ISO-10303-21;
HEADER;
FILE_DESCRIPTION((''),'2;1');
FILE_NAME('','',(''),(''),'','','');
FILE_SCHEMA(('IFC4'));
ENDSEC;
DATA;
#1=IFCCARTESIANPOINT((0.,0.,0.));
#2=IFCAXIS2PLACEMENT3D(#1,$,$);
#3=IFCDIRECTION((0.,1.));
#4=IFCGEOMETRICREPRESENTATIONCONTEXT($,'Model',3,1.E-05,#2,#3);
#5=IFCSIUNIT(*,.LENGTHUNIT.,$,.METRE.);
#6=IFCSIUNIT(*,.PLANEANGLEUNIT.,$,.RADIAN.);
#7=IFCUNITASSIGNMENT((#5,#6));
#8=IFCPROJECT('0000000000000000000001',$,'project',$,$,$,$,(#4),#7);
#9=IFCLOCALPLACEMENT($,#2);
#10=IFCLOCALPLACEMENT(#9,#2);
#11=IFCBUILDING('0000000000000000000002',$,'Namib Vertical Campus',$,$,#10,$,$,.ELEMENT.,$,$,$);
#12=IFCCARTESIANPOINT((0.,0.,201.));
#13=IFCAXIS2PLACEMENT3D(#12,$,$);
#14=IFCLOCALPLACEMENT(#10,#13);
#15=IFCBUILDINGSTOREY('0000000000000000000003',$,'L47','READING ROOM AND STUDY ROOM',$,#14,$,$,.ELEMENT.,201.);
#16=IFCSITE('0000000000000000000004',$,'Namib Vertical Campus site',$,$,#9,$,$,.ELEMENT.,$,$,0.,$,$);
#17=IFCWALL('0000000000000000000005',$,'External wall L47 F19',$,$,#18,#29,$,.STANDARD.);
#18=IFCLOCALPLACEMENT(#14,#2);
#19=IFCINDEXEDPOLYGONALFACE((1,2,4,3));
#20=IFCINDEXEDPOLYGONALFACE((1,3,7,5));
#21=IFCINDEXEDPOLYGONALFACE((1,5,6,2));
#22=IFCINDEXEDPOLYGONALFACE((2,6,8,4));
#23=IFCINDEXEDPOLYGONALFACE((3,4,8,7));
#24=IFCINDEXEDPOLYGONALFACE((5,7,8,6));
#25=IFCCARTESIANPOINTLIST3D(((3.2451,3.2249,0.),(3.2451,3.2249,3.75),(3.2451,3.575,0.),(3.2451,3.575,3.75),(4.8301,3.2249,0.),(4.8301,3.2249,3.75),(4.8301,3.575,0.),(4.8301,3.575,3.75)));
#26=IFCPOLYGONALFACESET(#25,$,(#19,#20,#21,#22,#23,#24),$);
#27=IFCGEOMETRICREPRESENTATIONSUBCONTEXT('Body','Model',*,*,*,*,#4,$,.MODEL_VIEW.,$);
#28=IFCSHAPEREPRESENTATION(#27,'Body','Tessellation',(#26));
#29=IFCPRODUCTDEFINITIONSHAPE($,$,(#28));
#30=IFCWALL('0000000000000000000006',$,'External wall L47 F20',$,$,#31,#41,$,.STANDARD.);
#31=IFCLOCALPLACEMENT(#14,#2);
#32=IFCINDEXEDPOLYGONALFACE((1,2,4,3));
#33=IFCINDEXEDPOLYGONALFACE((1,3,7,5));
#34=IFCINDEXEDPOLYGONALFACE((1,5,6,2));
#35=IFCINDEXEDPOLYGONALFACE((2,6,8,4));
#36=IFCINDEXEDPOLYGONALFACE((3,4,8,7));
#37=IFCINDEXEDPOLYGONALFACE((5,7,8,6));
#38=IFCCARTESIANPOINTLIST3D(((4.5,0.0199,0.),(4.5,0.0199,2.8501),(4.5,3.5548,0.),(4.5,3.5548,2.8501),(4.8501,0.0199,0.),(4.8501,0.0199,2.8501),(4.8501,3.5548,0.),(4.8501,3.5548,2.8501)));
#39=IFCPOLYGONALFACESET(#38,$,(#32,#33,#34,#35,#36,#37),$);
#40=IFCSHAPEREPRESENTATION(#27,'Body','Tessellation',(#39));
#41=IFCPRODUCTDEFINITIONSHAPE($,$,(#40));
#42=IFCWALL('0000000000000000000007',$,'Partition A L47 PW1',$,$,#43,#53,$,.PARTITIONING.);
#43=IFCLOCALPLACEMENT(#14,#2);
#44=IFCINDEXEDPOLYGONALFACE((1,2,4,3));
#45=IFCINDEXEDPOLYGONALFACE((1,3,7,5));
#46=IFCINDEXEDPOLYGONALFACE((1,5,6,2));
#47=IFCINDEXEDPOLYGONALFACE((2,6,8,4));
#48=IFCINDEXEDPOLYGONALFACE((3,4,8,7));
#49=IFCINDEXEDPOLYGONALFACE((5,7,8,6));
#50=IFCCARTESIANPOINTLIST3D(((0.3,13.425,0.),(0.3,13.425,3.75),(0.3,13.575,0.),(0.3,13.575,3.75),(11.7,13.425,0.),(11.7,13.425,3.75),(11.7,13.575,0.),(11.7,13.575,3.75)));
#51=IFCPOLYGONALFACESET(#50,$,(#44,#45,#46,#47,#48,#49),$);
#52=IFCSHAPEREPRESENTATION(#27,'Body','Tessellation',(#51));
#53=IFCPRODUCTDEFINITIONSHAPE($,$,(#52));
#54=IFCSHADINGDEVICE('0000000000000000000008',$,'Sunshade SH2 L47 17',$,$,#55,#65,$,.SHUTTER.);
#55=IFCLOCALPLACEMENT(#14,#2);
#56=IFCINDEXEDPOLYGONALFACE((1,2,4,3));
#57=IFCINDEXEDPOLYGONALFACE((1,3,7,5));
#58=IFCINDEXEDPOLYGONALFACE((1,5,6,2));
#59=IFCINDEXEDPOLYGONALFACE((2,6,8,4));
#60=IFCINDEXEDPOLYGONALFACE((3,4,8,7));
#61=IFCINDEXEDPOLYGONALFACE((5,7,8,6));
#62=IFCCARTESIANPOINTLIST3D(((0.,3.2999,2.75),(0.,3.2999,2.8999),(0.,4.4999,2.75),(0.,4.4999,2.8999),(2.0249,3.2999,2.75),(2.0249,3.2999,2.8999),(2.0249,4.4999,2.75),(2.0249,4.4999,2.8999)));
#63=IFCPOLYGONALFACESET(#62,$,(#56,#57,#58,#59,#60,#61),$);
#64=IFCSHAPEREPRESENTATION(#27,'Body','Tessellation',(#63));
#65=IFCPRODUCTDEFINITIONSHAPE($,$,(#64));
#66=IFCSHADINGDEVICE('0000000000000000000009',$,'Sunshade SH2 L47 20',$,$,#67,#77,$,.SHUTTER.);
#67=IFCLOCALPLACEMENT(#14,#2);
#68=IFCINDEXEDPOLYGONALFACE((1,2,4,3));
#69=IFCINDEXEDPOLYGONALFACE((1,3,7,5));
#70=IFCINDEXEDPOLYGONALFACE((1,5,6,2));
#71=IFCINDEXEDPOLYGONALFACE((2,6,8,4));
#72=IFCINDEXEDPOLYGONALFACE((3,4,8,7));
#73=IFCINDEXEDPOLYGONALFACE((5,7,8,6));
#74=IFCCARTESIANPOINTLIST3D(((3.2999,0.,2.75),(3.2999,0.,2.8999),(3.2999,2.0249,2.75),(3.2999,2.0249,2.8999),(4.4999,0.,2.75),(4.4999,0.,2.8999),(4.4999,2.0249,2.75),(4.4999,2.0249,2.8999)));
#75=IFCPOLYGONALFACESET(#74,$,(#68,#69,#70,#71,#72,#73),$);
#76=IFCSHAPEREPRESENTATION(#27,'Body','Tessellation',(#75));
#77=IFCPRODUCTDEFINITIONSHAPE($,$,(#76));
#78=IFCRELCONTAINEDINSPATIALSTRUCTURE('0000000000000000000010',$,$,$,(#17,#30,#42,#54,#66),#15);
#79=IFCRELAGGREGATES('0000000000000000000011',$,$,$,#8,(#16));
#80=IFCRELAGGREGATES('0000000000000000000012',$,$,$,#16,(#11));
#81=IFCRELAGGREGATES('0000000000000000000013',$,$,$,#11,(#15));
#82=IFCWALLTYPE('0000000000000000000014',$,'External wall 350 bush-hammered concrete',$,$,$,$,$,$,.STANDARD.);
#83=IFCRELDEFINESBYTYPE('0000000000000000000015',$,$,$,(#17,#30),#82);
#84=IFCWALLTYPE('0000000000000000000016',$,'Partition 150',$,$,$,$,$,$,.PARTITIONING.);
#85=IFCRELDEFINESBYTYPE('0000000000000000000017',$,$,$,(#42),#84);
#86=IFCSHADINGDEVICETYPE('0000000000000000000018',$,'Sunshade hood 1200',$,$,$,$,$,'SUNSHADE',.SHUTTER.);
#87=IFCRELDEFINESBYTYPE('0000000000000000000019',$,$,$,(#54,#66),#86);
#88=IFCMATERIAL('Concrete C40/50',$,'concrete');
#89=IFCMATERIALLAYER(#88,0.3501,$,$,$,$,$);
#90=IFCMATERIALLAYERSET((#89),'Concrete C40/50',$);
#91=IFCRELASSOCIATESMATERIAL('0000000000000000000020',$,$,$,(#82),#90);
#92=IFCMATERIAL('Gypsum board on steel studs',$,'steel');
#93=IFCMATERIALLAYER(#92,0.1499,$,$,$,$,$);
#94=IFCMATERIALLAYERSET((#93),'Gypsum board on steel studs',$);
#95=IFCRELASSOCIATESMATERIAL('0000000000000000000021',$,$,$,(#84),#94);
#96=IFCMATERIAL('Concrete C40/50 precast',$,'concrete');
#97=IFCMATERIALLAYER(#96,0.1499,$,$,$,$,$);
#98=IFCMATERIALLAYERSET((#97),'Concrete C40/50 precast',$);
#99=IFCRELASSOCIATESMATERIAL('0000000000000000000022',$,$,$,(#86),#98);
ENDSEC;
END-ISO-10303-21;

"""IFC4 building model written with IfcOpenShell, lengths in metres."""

from ifc_helpers import new_model, si_unit, direction, frame, frame_2d, origin, origin_2d, place, context, subcontext, project, spatial, rectangle, extrude, material, layer, layer_set, type_object, element, save


model = new_model("IFC4")

# Units and contexts
model_context = context("Model", 3, precision=1e-05, world=origin(), true_north=direction((0.0, 1.0)))
body_context = subcontext(model_context, "Body", "Model", "MODEL_VIEW")
ifc_project = project(units=[si_unit("LENGTHUNIT", "METRE"), si_unit("PLANEANGLEUNIT", "RADIAN")], contexts=[model_context])

# Site, building, storey
site_placement = place(None, origin())
site = spatial("IfcSite", under=ifc_project, at=site_placement, Name="Namib Vertical Campus site", CompositionType="ELEMENT", RefElevation=0.0)
building_placement = place(site_placement, origin())
building = spatial("IfcBuilding", under=site, at=building_placement, Name="Namib Vertical Campus", CompositionType="ELEMENT")
storey_placement = place(building_placement, frame((0.0, 0.0, 201.0)))
storey = spatial("IfcBuildingStorey", under=building, at=storey_placement, Name="L47", Description="READING ROOM AND STUDY ROOM", CompositionType="ELEMENT", Elevation=201.0)

# Walls
ifc_material_1 = material(Name="Concrete C40/50", Category="concrete")
ifc_layer_1 = layer(ifc_material_1, 0.3501)
ifc_layer_set_1 = layer_set([ifc_layer_1], Name="Concrete C40/50")
wall_type_1 = type_object("IfcWallType", Name="External wall 350 bush-hammered concrete", PredefinedType="STANDARD", material=ifc_layer_set_1)
for number, where, z_axis, x_axis, name in (
    (1, (3.2451, 3.3999, 0.0), (0.0, 0.0, 1.0), (1.0, 0.0, 0.0), "External wall L47 F19"),
):
    element("IfcWall", number, at=place(storey_placement, frame(where, z_axis=z_axis, x_axis=x_axis)), inside=storey, type_object=wall_type_1, Name=name, PredefinedType="STANDARD", context=body_context, shape_type="SweptSolid", body=[
        extrude(rectangle(XDim=1.585, YDim=0.3501, at=frame_2d((0.7925, 0.0))), origin(), (0.0, 0.0, 1.0), 3.75),
    ])
wall_1_placement = place(storey_placement, frame((4.675, 3.5549, 0.0), z_axis=(0.0, 0.0, 1.0), x_axis=(0.0, -1.0, 0.0)))
element("IfcWall", 2, at=wall_1_placement, inside=storey, type_object=wall_type_1, Name="External wall L47 F20", PredefinedType="STANDARD", context=body_context, shape_type="SweptSolid", body=[
    extrude(rectangle(XDim=3.5349, YDim=0.3501, at=frame_2d((1.7676, 0.0))), origin(), (0.0, 0.0, 1.0), 2.8501),
])
ifc_material_2 = material(Name="Gypsum board on steel studs", Category="steel")
ifc_layer_2 = layer(ifc_material_2, 0.1499)
ifc_layer_set_2 = layer_set([ifc_layer_2], Name="Gypsum board on steel studs")
wall_type_2 = type_object("IfcWallType", Name="Partition 150", PredefinedType="PARTITIONING", material=ifc_layer_set_2)
wall_2_placement = place(storey_placement, frame((0.3, 13.5, 0.0), z_axis=(0.0, 0.0, 1.0), x_axis=(1.0, 0.0, 0.0)))
element("IfcWall", 3, at=wall_2_placement, inside=storey, type_object=wall_type_2, Name="Partition A L47 PW1", PredefinedType="PARTITIONING", context=body_context, shape_type="SweptSolid", body=[
    extrude(rectangle(XDim=11.3999, YDim=0.1499, at=frame_2d((5.7, 0.0))), origin(), (0.0, 0.0, 1.0), 3.75),
])

# Shading devices
ifc_material_3 = material(Name="Concrete C40/50 precast", Category="concrete")
ifc_layer_3 = layer(ifc_material_3, 0.1499)
ifc_layer_set_3 = layer_set([ifc_layer_3], Name="Concrete C40/50 precast")
shading_device_type = type_object("IfcShadingDeviceType", Name="Sunshade hood 1200", ElementType="SUNSHADE", PredefinedType="SHUTTER", material=ifc_layer_set_3)
for number, where, z_axis, x_axis, name in (
    (4, (1.0125, 3.8999, 2.75), (0.0, 0.0, 1.0), (1.0, 0.0, 0.0), "Sunshade SH2 L47 17"),
    (5, (3.8999, 1.0125, 2.75), (0.0, 0.0, 1.0), (0.0, -1.0, 0.0), "Sunshade SH2 L47 20"),
):
    element("IfcShadingDevice", number, at=place(storey_placement, frame(where, z_axis=z_axis, x_axis=x_axis)), inside=storey, type_object=shading_device_type, Name=name, PredefinedType="SHUTTER", context=body_context, shape_type="SweptSolid", body=[
        extrude(rectangle(XDim=2.0249, YDim=1.2, at=origin_2d()), origin(), (0.0, 0.0, 1.0), 0.1499),
    ])

save(model, "model.ifc")
